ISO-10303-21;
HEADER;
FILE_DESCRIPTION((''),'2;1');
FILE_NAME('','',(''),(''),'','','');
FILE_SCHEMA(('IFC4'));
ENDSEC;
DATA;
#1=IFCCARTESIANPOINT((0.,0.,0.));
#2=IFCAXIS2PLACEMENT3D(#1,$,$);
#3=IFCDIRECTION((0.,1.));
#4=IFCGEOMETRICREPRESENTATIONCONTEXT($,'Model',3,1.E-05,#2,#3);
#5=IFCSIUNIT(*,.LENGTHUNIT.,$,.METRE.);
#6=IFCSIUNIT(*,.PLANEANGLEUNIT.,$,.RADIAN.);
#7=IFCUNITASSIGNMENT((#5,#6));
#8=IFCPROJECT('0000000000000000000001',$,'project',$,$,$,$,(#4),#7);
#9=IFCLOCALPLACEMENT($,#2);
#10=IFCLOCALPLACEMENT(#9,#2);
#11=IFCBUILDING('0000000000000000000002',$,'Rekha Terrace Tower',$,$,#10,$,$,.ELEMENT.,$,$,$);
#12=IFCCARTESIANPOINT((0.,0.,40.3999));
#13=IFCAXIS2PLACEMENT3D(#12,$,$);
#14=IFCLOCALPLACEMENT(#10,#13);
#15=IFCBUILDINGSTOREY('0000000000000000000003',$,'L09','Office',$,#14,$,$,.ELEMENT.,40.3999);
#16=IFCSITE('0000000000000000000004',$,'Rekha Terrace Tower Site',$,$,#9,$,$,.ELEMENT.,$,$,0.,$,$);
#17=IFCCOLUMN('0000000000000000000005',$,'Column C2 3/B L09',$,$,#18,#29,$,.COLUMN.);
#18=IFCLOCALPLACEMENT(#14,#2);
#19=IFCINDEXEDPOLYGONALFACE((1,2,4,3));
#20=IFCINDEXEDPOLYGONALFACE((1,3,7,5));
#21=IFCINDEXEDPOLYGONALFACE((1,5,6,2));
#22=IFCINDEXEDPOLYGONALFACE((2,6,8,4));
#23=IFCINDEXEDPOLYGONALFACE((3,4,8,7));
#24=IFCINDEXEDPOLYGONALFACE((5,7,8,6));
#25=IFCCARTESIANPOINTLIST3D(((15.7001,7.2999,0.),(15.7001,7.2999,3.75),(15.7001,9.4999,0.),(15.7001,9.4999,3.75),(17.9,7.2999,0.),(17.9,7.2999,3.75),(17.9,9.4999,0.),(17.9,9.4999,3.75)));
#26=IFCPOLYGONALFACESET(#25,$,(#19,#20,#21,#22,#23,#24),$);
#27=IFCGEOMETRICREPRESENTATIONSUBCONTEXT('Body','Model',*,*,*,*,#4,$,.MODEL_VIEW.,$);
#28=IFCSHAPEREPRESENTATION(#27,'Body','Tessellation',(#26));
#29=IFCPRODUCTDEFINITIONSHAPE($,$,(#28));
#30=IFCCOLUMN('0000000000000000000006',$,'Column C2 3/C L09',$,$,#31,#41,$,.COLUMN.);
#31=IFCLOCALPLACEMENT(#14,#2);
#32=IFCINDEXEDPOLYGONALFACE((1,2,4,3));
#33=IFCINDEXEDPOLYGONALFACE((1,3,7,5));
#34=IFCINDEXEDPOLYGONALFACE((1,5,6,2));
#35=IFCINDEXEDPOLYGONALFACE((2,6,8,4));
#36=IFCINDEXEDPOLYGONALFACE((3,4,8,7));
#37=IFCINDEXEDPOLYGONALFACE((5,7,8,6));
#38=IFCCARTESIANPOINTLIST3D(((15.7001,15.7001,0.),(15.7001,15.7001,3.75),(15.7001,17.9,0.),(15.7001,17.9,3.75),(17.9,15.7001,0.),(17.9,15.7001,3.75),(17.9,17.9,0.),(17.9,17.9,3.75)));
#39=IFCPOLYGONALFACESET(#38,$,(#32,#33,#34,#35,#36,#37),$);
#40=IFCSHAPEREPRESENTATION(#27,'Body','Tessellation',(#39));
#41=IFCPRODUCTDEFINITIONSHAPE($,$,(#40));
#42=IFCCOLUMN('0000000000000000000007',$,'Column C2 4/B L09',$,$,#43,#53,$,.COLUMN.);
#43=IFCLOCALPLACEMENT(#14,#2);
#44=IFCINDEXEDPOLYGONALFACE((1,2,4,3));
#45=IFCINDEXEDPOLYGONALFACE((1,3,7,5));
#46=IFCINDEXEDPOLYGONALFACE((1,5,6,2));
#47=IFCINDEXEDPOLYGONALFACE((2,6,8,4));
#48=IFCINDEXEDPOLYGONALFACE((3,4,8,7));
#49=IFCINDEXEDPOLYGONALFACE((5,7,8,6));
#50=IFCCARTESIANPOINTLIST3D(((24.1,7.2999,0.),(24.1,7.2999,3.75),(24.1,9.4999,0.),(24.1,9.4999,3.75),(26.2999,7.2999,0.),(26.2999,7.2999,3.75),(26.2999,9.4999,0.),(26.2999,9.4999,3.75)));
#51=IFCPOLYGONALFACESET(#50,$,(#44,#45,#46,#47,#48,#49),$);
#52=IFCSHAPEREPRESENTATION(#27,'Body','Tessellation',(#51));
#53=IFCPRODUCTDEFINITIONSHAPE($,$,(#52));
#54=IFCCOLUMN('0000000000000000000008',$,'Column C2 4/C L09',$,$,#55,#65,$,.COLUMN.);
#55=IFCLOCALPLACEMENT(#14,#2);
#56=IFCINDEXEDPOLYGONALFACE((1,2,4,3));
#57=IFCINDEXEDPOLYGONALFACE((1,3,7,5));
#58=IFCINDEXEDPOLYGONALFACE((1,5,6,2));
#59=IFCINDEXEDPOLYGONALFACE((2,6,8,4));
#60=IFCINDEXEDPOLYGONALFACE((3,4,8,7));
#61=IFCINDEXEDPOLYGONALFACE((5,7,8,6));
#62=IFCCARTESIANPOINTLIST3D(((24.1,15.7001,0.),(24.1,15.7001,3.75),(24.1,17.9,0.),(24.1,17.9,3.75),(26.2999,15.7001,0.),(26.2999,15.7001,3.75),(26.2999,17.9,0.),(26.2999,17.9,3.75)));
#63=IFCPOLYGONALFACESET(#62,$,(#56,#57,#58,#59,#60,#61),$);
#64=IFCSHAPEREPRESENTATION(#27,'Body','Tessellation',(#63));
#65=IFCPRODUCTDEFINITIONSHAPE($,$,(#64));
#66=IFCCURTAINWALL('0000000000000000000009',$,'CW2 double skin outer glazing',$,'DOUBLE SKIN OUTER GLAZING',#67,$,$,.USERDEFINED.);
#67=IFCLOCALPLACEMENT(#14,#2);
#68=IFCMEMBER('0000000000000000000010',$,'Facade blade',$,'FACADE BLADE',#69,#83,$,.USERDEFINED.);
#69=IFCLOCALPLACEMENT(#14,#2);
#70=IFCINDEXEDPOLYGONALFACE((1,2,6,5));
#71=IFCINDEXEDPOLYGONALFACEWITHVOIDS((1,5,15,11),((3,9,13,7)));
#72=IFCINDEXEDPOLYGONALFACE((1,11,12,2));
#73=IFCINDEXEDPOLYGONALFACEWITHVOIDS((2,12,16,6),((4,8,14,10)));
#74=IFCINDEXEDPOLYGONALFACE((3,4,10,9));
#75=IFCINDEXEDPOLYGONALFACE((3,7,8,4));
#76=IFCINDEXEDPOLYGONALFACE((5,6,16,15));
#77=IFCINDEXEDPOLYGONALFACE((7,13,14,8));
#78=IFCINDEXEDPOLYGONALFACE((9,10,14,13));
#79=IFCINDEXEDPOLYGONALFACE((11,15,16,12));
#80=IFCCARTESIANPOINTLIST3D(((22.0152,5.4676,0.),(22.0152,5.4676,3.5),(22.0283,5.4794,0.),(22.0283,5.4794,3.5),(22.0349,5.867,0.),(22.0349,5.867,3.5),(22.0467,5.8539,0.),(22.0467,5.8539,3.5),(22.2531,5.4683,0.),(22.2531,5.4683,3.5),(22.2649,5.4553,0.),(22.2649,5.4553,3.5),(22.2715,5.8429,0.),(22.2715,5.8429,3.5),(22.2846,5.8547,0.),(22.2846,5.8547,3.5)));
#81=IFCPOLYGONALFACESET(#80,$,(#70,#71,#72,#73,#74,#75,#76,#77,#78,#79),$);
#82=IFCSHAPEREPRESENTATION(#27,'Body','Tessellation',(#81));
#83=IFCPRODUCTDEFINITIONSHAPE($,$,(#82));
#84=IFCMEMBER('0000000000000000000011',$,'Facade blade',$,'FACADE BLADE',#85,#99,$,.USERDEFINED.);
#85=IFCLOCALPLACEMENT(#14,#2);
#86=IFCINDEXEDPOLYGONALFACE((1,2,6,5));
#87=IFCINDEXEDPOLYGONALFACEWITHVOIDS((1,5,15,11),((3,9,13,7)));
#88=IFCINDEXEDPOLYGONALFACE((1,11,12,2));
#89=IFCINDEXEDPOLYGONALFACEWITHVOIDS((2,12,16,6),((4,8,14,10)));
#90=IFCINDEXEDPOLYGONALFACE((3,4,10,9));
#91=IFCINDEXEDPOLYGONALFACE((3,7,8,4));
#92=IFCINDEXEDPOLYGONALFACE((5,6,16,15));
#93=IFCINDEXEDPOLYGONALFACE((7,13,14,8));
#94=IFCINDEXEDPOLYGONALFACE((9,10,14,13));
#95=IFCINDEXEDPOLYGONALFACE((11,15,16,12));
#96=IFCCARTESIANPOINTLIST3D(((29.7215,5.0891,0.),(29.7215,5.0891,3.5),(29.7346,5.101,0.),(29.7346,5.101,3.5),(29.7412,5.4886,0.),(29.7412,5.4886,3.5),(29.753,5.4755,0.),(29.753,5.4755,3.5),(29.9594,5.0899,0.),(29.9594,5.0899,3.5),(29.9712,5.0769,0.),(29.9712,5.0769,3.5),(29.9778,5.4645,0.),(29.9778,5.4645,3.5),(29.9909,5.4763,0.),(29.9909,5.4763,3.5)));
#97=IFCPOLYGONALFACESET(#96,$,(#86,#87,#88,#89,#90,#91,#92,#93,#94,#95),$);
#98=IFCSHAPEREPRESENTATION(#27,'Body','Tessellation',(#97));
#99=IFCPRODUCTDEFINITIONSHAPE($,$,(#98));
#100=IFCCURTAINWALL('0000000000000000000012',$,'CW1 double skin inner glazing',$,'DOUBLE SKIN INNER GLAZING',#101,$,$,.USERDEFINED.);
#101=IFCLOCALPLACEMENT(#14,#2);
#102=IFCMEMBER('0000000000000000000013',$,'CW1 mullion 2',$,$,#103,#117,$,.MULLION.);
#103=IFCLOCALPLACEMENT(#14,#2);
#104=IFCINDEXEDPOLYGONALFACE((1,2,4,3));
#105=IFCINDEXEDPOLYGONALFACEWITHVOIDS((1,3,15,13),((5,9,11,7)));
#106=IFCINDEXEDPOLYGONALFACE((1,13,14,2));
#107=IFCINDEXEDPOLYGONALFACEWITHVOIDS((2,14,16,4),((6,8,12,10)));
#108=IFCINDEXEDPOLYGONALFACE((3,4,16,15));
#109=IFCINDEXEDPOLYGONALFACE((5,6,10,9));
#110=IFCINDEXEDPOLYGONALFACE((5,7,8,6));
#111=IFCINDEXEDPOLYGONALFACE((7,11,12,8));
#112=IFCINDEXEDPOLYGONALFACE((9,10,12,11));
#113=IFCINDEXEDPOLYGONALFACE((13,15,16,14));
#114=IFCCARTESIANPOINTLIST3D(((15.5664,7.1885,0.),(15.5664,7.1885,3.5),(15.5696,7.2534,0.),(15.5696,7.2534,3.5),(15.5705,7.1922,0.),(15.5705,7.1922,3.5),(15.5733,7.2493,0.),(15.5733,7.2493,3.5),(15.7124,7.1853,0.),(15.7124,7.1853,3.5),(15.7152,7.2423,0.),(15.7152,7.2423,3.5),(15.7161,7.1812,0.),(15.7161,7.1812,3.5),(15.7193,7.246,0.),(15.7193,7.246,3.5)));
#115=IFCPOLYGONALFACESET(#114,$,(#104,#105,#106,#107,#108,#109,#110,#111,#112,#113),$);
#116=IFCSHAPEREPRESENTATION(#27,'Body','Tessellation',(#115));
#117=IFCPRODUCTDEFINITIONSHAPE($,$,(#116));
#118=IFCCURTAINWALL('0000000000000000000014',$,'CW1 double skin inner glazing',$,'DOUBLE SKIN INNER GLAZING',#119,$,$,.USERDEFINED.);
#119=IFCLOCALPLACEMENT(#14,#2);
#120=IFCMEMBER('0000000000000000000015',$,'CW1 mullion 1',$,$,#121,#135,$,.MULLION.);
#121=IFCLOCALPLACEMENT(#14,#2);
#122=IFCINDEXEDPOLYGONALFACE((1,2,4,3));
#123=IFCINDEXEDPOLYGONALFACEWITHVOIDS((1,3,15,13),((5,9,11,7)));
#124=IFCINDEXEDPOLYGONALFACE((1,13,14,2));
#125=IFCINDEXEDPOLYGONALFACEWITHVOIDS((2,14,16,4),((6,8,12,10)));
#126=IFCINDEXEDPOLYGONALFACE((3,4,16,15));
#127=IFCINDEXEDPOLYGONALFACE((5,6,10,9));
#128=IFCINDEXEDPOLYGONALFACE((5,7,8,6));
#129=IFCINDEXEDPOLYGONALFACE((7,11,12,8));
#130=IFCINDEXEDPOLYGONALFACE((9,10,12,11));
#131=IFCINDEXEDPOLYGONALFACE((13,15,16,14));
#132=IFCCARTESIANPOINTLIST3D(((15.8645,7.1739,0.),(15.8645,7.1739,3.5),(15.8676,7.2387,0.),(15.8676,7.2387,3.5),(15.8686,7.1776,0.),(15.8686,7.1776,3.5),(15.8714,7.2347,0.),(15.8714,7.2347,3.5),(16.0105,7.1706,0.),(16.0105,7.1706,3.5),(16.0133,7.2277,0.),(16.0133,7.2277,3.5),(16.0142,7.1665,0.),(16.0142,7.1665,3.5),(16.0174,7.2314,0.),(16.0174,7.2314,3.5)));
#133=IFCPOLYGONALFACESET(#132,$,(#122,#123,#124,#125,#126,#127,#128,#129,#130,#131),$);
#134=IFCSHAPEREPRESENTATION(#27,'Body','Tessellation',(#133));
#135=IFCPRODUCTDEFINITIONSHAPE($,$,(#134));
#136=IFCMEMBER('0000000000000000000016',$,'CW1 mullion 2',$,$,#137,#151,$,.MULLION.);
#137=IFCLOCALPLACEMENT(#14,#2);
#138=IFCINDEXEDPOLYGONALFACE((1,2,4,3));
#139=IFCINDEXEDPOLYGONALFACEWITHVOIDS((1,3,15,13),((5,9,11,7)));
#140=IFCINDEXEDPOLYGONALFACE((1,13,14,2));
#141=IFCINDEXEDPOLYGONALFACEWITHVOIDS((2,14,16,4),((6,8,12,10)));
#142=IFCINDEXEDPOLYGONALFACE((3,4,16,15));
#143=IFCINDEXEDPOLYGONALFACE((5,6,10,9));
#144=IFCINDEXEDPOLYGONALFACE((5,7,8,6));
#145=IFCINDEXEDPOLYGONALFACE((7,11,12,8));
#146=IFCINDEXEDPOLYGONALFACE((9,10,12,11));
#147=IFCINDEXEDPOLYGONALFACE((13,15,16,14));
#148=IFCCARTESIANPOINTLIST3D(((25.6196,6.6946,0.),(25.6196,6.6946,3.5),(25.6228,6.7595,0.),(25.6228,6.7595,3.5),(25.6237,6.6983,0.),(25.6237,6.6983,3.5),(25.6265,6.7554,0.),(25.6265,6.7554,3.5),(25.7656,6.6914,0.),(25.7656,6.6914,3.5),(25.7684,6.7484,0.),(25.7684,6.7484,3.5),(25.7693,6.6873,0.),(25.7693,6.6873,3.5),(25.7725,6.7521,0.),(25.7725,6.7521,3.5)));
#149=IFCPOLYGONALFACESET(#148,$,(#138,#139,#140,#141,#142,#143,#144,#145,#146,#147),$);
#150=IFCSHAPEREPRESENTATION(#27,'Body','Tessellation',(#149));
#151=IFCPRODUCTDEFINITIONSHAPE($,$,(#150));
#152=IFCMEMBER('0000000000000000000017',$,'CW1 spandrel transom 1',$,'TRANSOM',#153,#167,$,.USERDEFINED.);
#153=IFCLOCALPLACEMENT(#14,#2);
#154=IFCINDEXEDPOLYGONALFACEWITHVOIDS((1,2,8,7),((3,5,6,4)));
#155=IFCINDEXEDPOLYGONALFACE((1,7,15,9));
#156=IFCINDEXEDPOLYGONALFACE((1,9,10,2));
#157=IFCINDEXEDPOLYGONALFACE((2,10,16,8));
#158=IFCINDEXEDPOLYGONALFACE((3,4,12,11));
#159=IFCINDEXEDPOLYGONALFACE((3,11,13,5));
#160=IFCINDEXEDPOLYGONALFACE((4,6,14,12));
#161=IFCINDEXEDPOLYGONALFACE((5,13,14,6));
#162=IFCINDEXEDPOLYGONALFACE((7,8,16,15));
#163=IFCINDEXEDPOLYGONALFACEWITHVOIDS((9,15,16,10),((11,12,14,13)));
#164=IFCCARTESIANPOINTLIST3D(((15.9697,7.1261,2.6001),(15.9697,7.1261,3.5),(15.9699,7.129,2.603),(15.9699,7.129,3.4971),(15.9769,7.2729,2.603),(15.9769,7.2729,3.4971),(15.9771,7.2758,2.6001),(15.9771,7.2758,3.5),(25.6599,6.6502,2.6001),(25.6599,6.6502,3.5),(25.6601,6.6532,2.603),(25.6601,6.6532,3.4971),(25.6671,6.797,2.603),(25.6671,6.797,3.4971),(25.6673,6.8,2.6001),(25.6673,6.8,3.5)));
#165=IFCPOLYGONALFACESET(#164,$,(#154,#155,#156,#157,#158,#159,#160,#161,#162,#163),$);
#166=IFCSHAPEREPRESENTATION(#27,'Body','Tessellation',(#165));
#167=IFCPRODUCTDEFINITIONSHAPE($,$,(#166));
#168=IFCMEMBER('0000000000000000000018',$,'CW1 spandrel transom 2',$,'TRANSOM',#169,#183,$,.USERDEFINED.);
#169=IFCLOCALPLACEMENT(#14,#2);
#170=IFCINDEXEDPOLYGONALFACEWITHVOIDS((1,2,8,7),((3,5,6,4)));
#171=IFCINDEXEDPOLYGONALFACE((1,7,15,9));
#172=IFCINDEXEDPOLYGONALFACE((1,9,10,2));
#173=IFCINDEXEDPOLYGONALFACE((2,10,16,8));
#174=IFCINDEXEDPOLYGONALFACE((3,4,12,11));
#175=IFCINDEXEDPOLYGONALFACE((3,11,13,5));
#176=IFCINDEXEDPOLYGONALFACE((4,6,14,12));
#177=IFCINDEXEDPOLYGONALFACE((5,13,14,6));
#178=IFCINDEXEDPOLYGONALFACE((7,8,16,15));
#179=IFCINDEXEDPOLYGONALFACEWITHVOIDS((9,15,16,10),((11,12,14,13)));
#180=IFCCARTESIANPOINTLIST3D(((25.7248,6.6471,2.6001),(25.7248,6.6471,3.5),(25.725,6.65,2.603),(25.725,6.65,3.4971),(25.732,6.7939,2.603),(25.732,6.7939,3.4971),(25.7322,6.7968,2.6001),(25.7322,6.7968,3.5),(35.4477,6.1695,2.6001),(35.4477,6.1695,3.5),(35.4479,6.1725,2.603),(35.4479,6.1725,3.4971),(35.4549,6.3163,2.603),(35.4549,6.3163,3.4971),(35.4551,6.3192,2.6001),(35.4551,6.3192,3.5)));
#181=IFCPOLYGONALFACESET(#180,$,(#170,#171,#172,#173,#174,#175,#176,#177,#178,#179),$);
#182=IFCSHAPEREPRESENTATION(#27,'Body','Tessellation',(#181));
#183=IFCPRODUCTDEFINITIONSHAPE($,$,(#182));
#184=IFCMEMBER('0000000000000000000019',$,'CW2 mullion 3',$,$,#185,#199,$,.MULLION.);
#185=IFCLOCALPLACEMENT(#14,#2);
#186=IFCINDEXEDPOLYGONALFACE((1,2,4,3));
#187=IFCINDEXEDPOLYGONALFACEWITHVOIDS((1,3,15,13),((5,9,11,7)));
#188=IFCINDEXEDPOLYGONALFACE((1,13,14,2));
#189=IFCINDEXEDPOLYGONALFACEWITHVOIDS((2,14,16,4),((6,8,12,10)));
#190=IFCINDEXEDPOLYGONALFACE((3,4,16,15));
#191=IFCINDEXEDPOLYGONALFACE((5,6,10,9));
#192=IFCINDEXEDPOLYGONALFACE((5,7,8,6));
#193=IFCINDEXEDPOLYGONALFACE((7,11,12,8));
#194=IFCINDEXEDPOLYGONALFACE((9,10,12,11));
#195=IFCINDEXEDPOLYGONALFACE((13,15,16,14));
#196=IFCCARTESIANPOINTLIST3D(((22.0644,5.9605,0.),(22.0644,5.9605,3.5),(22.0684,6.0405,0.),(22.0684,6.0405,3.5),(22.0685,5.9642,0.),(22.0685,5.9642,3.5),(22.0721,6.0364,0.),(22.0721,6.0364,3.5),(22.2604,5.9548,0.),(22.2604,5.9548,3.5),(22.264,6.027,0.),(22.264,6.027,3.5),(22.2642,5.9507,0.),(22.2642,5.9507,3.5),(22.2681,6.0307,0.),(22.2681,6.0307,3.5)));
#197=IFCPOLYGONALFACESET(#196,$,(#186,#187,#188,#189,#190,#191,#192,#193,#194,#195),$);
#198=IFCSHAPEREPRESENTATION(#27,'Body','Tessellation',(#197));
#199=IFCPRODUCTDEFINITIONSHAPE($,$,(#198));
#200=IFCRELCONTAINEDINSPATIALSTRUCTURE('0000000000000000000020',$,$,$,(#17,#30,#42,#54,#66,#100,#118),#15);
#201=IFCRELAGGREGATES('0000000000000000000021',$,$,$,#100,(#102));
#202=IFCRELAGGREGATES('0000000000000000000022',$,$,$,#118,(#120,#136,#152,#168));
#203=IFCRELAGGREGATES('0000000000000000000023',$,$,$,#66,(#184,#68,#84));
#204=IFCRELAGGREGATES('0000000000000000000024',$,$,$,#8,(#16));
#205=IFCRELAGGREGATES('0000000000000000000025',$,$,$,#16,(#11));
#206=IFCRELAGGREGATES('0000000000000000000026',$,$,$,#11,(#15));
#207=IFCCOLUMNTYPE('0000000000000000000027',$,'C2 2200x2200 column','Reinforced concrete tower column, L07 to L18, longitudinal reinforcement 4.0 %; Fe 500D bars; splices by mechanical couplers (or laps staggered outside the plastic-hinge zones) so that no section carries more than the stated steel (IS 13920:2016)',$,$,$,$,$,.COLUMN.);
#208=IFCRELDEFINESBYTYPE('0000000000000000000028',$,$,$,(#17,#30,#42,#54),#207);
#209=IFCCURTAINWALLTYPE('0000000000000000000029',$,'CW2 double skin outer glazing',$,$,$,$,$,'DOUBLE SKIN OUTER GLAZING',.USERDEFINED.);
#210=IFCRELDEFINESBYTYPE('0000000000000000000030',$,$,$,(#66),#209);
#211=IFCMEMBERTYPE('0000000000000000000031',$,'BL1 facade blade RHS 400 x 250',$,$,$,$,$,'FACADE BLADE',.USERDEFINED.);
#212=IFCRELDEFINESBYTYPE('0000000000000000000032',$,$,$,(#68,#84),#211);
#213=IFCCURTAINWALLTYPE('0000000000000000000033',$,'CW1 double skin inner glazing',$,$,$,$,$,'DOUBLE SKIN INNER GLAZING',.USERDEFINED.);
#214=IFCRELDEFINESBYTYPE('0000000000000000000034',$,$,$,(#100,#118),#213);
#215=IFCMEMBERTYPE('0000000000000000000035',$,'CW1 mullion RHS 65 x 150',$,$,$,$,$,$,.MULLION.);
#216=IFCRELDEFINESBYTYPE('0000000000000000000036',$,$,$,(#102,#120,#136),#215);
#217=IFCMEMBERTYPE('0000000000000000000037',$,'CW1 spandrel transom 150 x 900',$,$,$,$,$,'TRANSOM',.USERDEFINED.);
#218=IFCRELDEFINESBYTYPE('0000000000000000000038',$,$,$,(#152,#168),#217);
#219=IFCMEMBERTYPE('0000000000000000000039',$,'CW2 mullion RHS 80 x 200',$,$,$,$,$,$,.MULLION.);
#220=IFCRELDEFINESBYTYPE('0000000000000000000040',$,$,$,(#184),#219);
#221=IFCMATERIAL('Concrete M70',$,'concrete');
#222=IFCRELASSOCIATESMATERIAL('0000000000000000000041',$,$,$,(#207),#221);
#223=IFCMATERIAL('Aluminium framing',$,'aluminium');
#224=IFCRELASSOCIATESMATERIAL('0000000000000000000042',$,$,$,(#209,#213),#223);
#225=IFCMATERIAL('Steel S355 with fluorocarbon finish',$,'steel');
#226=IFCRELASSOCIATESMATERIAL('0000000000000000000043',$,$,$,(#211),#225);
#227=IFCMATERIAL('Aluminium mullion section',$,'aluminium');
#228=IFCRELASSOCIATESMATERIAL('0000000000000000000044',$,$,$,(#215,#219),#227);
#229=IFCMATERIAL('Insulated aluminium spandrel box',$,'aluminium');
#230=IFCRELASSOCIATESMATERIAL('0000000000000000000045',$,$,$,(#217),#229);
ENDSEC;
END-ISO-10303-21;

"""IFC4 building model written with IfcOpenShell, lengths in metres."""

from ifc_helpers import new_model, si_unit, direction, frame, origin, origin_2d, place, context, subcontext, project, spatial, rectangle, hollow_rectangle, extrude, material, material_profile, profile_set, type_object, element, aggregate, save


model = new_model("IFC4")

# Units and contexts
model_context = context("Model", 3, precision=1e-05, world=origin(), true_north=direction((0.0, 1.0)))
body_context = subcontext(model_context, "Body", "Model", "MODEL_VIEW")
ifc_project = project(units=[si_unit("LENGTHUNIT", "METRE"), si_unit("PLANEANGLEUNIT", "RADIAN")], contexts=[model_context])

# Site, building, storey
site_placement = place(None, origin())
site = spatial("IfcSite", under=ifc_project, at=site_placement, Name="Rekha Terrace Tower Site", CompositionType="ELEMENT", RefElevation=0.0)
building_placement = place(site_placement, origin())
building = spatial("IfcBuilding", under=site, at=building_placement, Name="Rekha Terrace Tower", CompositionType="ELEMENT")
storey_placement = place(building_placement, frame((0.0, 0.0, 40.3999)))
storey = spatial("IfcBuildingStorey", under=building, at=storey_placement, Name="L09", Description="Office", CompositionType="ELEMENT", Elevation=40.3999)

# Columns
ifc_material_1 = material(Name="Concrete M70", Category="concrete")
ifc_material_profile_1 = material_profile(ifc_material_1, rectangle(XDim=2.2, YDim=2.2, at=origin_2d()), Name="RC 2200x2200")
ifc_profile_set_1 = profile_set([ifc_material_profile_1], Name="Concrete M70")
column_type = type_object("IfcColumnType", Name="C2 2200x2200 column", Description="Reinforced concrete tower column, L07 to L18, longitudinal reinforcement 4.0 %; Fe 500D bars; splices by mechanical couplers (or laps staggered outside the plastic-hinge zones) so that no section carries more than the stated steel (IS 13920:2016)", PredefinedType="COLUMN", material=ifc_profile_set_1)
for number, where, z_axis, x_axis, name in (
    (1, (16.8, 8.3999, 0.0), (0.0, 0.0, 1.0), (1.0, 0.0, 0.0), "Column C2 3/B L09"),
    (2, (16.8, 16.8, 0.0), (0.0, 0.0, 1.0), (1.0, 0.0, 0.0), "Column C2 3/C L09"),
    (3, (25.2, 8.3999, 0.0), (0.0, 0.0, 1.0), (1.0, 0.0, 0.0), "Column C2 4/B L09"),
    (4, (25.2, 16.8, 0.0), (0.0, 0.0, 1.0), (1.0, 0.0, 0.0), "Column C2 4/C L09"),
):
    element("IfcColumn", number, at=place(storey_placement, frame(where, z_axis=z_axis, x_axis=x_axis)), inside=storey, type_object=column_type, Name=name, PredefinedType="COLUMN", context=body_context, shape_type="SweptSolid", body=[
        extrude(rectangle(XDim=2.2, YDim=2.2, at=origin_2d()), origin(), (0.0, 0.0, 1.0), 3.75),
    ])

# Curtain wall, members
ifc_material_2 = material(Name="Aluminium framing", Category="aluminium")
curtain_wall_type_1 = type_object("IfcCurtainWallType", Name="CW2 double skin outer glazing", ElementType="DOUBLE SKIN OUTER GLAZING", PredefinedType="USERDEFINED", material=ifc_material_2)
curtain_wall_1_placement = place(storey_placement, origin())
curtain_wall_1 = element("IfcCurtainWall", 5, at=curtain_wall_1_placement, inside=storey, type_object=curtain_wall_type_1, Name="CW2 double skin outer glazing", ObjectType="DOUBLE SKIN OUTER GLAZING", PredefinedType="USERDEFINED")
ifc_material_3 = material(Name="Steel S355 with fluorocarbon finish", Category="steel")
ifc_material_profile_2 = material_profile(ifc_material_3, hollow_rectangle(XDim=0.25, YDim=0.3999, WallThickness=0.0125, at=origin_2d()), Name="RHS400x250x12.5")
ifc_profile_set_2 = profile_set([ifc_material_profile_2], Name="Steel S355 with fluorocarbon finish")
member_type_1 = type_object("IfcMemberType", Name="BL1 facade blade RHS 400 x 250", ElementType="FACADE BLADE", PredefinedType="USERDEFINED", material=ifc_profile_set_2)
member_1_placement = place(storey_placement, frame((22.1499, 5.6611, 0.0), z_axis=(0.0, 0.0, 1.0), x_axis=(0.998796, -0.049052, 0.0)))
member_1 = element("IfcMember", 6, at=member_1_placement, type_object=member_type_1, Name="Facade blade", ObjectType="FACADE BLADE", PredefinedType="USERDEFINED", context=body_context, shape_type="SweptSolid", body=[
    extrude(hollow_rectangle(XDim=0.25, YDim=0.3999, WallThickness=0.0125, at=origin_2d()), origin(), (0.0, 0.0, 1.0), 3.5),
])
member_2_placement = place(storey_placement, frame((29.8562, 5.2827, 0.0), z_axis=(0.0, 0.0, 1.0), x_axis=(0.998796, -0.049052, 0.0)))
member_2 = element("IfcMember", 7, at=member_2_placement, type_object=member_type_1, Name="Facade blade", ObjectType="FACADE BLADE", PredefinedType="USERDEFINED", context=body_context, shape_type="SweptSolid", body=[
    extrude(hollow_rectangle(XDim=0.25, YDim=0.3999, WallThickness=0.0125, at=origin_2d()), origin(), (0.0, 0.0, 1.0), 3.5),
])

# Curtain wall, member
curtain_wall_type_2 = type_object("IfcCurtainWallType", Name="CW1 double skin inner glazing", ElementType="DOUBLE SKIN INNER GLAZING", PredefinedType="USERDEFINED", material=ifc_material_2)
curtain_wall_2_placement = place(storey_placement, origin())
curtain_wall_2 = element("IfcCurtainWall", 8, at=curtain_wall_2_placement, inside=storey, type_object=curtain_wall_type_2, Name="CW1 double skin inner glazing", ObjectType="DOUBLE SKIN INNER GLAZING", PredefinedType="USERDEFINED")
ifc_material_4 = material(Name="Aluminium mullion section", Category="aluminium")
ifc_material_profile_3 = material_profile(ifc_material_4, hollow_rectangle(XDim=0.0649, YDim=0.1499, WallThickness=0.0039, at=origin_2d()), Name="AL RHS 65x150")
ifc_profile_set_3 = profile_set([ifc_material_profile_3], Name="Aluminium mullion section")
member_type_2 = type_object("IfcMemberType", Name="CW1 mullion RHS 65 x 150", PredefinedType="MULLION", material=ifc_profile_set_3)
member_3_placement = place(storey_placement, frame((15.6428, 7.2173, 0.0), z_axis=(0.0, 0.0, 1.0), x_axis=(0.049052, 0.998796, 0.0)))
member_3 = element("IfcMember", 9, at=member_3_placement, type_object=member_type_2, Name="CW1 mullion 2", PredefinedType="MULLION", context=body_context, shape_type="SweptSolid", body=[
    extrude(hollow_rectangle(XDim=0.0649, YDim=0.1499, WallThickness=0.0039, at=origin_2d()), origin(), (0.0, 0.0, 1.0), 3.5),
])
aggregate(curtain_wall_2, [member_3])

# Curtain wall, members
curtain_wall_3_placement = place(storey_placement, origin())
curtain_wall_3 = element("IfcCurtainWall", 10, at=curtain_wall_3_placement, inside=storey, type_object=curtain_wall_type_2, Name="CW1 double skin inner glazing", ObjectType="DOUBLE SKIN INNER GLAZING", PredefinedType="USERDEFINED")
member_4_placement = place(storey_placement, frame((15.9409, 7.2026, 0.0), z_axis=(0.0, 0.0, 1.0), x_axis=(0.049052, 0.998796, 0.0)))
member_4 = element("IfcMember", 11, at=member_4_placement, type_object=member_type_2, Name="CW1 mullion 1", PredefinedType="MULLION", context=body_context, shape_type="SweptSolid", body=[
    extrude(hollow_rectangle(XDim=0.0649, YDim=0.1499, WallThickness=0.0039, at=origin_2d()), origin(), (0.0, 0.0, 1.0), 3.5),
])
member_5_placement = place(storey_placement, frame((25.696, 6.7234, 0.0), z_axis=(0.0, 0.0, 1.0), x_axis=(0.049052, 0.998796, 0.0)))
member_5 = element("IfcMember", 12, at=member_5_placement, type_object=member_type_2, Name="CW1 mullion 2", PredefinedType="MULLION", context=body_context, shape_type="SweptSolid", body=[
    extrude(hollow_rectangle(XDim=0.0649, YDim=0.1499, WallThickness=0.0039, at=origin_2d()), origin(), (0.0, 0.0, 1.0), 3.5),
])
ifc_material_5 = material(Name="Insulated aluminium spandrel box", Category="aluminium")
ifc_material_profile_4 = material_profile(ifc_material_5, hollow_rectangle(XDim=0.1499, YDim=0.8999, WallThickness=0.0029, at=origin_2d()), Name="AL SPANDREL BOX 150x900")
ifc_profile_set_4 = profile_set([ifc_material_profile_4], Name="Insulated aluminium spandrel box")
member_type_3 = type_object("IfcMemberType", Name="CW1 spandrel transom 150 x 900", ElementType="TRANSOM", PredefinedType="USERDEFINED", material=ifc_profile_set_4)
member_6_placement = place(storey_placement, frame((15.9734, 7.2009, 3.05), z_axis=(0.998797, -0.049045, 0.0), x_axis=(0.049045, 0.998797, 0.0)))
member_6 = element("IfcMember", 13, at=member_6_placement, type_object=member_type_3, Name="CW1 spandrel transom 1", ObjectType="TRANSOM", PredefinedType="USERDEFINED", context=body_context, shape_type="SweptSolid", body=[
    extrude(hollow_rectangle(XDim=0.1499, YDim=0.8999, WallThickness=0.0029, at=origin_2d()), origin(), (0.0, 0.0, 1.0), 9.7019),
])
member_7_placement = place(storey_placement, frame((25.7285, 6.7219, 3.05), z_axis=(0.998796, -0.049056, 0.0), x_axis=(0.049056, 0.998796, 0.0)))
member_7 = element("IfcMember", 14, at=member_7_placement, type_object=member_type_3, Name="CW1 spandrel transom 2", ObjectType="TRANSOM", PredefinedType="USERDEFINED", context=body_context, shape_type="SweptSolid", body=[
    extrude(hollow_rectangle(XDim=0.1499, YDim=0.8999, WallThickness=0.0029, at=origin_2d()), origin(), (0.0, 0.0, 1.0), 9.7346),
])

# Member
ifc_material_profile_5 = material_profile(ifc_material_4, hollow_rectangle(XDim=0.0801, YDim=0.2, WallThickness=0.0039, at=origin_2d()), Name="AL RHS 80x200")
ifc_profile_set_5 = profile_set([ifc_material_profile_5], Name="Aluminium mullion section")
member_type_4 = type_object("IfcMemberType", Name="CW2 mullion RHS 80 x 200", PredefinedType="MULLION", material=ifc_profile_set_5)
member_8_placement = place(storey_placement, frame((22.1663, 5.9956, 0.0), z_axis=(0.0, 0.0, 1.0), x_axis=(0.049052, 0.998796, 0.0)))
member_8 = element("IfcMember", 15, at=member_8_placement, type_object=member_type_4, Name="CW2 mullion 3", PredefinedType="MULLION", context=body_context, shape_type="SweptSolid", body=[
    extrude(hollow_rectangle(XDim=0.0801, YDim=0.2, WallThickness=0.0039, at=origin_2d()), origin(), (0.0, 0.0, 1.0), 3.5),
])

aggregate(curtain_wall_3, [member_4, member_5, member_6, member_7])
aggregate(curtain_wall_1, [member_8, member_1, member_2])

save(model, "model.ifc")
